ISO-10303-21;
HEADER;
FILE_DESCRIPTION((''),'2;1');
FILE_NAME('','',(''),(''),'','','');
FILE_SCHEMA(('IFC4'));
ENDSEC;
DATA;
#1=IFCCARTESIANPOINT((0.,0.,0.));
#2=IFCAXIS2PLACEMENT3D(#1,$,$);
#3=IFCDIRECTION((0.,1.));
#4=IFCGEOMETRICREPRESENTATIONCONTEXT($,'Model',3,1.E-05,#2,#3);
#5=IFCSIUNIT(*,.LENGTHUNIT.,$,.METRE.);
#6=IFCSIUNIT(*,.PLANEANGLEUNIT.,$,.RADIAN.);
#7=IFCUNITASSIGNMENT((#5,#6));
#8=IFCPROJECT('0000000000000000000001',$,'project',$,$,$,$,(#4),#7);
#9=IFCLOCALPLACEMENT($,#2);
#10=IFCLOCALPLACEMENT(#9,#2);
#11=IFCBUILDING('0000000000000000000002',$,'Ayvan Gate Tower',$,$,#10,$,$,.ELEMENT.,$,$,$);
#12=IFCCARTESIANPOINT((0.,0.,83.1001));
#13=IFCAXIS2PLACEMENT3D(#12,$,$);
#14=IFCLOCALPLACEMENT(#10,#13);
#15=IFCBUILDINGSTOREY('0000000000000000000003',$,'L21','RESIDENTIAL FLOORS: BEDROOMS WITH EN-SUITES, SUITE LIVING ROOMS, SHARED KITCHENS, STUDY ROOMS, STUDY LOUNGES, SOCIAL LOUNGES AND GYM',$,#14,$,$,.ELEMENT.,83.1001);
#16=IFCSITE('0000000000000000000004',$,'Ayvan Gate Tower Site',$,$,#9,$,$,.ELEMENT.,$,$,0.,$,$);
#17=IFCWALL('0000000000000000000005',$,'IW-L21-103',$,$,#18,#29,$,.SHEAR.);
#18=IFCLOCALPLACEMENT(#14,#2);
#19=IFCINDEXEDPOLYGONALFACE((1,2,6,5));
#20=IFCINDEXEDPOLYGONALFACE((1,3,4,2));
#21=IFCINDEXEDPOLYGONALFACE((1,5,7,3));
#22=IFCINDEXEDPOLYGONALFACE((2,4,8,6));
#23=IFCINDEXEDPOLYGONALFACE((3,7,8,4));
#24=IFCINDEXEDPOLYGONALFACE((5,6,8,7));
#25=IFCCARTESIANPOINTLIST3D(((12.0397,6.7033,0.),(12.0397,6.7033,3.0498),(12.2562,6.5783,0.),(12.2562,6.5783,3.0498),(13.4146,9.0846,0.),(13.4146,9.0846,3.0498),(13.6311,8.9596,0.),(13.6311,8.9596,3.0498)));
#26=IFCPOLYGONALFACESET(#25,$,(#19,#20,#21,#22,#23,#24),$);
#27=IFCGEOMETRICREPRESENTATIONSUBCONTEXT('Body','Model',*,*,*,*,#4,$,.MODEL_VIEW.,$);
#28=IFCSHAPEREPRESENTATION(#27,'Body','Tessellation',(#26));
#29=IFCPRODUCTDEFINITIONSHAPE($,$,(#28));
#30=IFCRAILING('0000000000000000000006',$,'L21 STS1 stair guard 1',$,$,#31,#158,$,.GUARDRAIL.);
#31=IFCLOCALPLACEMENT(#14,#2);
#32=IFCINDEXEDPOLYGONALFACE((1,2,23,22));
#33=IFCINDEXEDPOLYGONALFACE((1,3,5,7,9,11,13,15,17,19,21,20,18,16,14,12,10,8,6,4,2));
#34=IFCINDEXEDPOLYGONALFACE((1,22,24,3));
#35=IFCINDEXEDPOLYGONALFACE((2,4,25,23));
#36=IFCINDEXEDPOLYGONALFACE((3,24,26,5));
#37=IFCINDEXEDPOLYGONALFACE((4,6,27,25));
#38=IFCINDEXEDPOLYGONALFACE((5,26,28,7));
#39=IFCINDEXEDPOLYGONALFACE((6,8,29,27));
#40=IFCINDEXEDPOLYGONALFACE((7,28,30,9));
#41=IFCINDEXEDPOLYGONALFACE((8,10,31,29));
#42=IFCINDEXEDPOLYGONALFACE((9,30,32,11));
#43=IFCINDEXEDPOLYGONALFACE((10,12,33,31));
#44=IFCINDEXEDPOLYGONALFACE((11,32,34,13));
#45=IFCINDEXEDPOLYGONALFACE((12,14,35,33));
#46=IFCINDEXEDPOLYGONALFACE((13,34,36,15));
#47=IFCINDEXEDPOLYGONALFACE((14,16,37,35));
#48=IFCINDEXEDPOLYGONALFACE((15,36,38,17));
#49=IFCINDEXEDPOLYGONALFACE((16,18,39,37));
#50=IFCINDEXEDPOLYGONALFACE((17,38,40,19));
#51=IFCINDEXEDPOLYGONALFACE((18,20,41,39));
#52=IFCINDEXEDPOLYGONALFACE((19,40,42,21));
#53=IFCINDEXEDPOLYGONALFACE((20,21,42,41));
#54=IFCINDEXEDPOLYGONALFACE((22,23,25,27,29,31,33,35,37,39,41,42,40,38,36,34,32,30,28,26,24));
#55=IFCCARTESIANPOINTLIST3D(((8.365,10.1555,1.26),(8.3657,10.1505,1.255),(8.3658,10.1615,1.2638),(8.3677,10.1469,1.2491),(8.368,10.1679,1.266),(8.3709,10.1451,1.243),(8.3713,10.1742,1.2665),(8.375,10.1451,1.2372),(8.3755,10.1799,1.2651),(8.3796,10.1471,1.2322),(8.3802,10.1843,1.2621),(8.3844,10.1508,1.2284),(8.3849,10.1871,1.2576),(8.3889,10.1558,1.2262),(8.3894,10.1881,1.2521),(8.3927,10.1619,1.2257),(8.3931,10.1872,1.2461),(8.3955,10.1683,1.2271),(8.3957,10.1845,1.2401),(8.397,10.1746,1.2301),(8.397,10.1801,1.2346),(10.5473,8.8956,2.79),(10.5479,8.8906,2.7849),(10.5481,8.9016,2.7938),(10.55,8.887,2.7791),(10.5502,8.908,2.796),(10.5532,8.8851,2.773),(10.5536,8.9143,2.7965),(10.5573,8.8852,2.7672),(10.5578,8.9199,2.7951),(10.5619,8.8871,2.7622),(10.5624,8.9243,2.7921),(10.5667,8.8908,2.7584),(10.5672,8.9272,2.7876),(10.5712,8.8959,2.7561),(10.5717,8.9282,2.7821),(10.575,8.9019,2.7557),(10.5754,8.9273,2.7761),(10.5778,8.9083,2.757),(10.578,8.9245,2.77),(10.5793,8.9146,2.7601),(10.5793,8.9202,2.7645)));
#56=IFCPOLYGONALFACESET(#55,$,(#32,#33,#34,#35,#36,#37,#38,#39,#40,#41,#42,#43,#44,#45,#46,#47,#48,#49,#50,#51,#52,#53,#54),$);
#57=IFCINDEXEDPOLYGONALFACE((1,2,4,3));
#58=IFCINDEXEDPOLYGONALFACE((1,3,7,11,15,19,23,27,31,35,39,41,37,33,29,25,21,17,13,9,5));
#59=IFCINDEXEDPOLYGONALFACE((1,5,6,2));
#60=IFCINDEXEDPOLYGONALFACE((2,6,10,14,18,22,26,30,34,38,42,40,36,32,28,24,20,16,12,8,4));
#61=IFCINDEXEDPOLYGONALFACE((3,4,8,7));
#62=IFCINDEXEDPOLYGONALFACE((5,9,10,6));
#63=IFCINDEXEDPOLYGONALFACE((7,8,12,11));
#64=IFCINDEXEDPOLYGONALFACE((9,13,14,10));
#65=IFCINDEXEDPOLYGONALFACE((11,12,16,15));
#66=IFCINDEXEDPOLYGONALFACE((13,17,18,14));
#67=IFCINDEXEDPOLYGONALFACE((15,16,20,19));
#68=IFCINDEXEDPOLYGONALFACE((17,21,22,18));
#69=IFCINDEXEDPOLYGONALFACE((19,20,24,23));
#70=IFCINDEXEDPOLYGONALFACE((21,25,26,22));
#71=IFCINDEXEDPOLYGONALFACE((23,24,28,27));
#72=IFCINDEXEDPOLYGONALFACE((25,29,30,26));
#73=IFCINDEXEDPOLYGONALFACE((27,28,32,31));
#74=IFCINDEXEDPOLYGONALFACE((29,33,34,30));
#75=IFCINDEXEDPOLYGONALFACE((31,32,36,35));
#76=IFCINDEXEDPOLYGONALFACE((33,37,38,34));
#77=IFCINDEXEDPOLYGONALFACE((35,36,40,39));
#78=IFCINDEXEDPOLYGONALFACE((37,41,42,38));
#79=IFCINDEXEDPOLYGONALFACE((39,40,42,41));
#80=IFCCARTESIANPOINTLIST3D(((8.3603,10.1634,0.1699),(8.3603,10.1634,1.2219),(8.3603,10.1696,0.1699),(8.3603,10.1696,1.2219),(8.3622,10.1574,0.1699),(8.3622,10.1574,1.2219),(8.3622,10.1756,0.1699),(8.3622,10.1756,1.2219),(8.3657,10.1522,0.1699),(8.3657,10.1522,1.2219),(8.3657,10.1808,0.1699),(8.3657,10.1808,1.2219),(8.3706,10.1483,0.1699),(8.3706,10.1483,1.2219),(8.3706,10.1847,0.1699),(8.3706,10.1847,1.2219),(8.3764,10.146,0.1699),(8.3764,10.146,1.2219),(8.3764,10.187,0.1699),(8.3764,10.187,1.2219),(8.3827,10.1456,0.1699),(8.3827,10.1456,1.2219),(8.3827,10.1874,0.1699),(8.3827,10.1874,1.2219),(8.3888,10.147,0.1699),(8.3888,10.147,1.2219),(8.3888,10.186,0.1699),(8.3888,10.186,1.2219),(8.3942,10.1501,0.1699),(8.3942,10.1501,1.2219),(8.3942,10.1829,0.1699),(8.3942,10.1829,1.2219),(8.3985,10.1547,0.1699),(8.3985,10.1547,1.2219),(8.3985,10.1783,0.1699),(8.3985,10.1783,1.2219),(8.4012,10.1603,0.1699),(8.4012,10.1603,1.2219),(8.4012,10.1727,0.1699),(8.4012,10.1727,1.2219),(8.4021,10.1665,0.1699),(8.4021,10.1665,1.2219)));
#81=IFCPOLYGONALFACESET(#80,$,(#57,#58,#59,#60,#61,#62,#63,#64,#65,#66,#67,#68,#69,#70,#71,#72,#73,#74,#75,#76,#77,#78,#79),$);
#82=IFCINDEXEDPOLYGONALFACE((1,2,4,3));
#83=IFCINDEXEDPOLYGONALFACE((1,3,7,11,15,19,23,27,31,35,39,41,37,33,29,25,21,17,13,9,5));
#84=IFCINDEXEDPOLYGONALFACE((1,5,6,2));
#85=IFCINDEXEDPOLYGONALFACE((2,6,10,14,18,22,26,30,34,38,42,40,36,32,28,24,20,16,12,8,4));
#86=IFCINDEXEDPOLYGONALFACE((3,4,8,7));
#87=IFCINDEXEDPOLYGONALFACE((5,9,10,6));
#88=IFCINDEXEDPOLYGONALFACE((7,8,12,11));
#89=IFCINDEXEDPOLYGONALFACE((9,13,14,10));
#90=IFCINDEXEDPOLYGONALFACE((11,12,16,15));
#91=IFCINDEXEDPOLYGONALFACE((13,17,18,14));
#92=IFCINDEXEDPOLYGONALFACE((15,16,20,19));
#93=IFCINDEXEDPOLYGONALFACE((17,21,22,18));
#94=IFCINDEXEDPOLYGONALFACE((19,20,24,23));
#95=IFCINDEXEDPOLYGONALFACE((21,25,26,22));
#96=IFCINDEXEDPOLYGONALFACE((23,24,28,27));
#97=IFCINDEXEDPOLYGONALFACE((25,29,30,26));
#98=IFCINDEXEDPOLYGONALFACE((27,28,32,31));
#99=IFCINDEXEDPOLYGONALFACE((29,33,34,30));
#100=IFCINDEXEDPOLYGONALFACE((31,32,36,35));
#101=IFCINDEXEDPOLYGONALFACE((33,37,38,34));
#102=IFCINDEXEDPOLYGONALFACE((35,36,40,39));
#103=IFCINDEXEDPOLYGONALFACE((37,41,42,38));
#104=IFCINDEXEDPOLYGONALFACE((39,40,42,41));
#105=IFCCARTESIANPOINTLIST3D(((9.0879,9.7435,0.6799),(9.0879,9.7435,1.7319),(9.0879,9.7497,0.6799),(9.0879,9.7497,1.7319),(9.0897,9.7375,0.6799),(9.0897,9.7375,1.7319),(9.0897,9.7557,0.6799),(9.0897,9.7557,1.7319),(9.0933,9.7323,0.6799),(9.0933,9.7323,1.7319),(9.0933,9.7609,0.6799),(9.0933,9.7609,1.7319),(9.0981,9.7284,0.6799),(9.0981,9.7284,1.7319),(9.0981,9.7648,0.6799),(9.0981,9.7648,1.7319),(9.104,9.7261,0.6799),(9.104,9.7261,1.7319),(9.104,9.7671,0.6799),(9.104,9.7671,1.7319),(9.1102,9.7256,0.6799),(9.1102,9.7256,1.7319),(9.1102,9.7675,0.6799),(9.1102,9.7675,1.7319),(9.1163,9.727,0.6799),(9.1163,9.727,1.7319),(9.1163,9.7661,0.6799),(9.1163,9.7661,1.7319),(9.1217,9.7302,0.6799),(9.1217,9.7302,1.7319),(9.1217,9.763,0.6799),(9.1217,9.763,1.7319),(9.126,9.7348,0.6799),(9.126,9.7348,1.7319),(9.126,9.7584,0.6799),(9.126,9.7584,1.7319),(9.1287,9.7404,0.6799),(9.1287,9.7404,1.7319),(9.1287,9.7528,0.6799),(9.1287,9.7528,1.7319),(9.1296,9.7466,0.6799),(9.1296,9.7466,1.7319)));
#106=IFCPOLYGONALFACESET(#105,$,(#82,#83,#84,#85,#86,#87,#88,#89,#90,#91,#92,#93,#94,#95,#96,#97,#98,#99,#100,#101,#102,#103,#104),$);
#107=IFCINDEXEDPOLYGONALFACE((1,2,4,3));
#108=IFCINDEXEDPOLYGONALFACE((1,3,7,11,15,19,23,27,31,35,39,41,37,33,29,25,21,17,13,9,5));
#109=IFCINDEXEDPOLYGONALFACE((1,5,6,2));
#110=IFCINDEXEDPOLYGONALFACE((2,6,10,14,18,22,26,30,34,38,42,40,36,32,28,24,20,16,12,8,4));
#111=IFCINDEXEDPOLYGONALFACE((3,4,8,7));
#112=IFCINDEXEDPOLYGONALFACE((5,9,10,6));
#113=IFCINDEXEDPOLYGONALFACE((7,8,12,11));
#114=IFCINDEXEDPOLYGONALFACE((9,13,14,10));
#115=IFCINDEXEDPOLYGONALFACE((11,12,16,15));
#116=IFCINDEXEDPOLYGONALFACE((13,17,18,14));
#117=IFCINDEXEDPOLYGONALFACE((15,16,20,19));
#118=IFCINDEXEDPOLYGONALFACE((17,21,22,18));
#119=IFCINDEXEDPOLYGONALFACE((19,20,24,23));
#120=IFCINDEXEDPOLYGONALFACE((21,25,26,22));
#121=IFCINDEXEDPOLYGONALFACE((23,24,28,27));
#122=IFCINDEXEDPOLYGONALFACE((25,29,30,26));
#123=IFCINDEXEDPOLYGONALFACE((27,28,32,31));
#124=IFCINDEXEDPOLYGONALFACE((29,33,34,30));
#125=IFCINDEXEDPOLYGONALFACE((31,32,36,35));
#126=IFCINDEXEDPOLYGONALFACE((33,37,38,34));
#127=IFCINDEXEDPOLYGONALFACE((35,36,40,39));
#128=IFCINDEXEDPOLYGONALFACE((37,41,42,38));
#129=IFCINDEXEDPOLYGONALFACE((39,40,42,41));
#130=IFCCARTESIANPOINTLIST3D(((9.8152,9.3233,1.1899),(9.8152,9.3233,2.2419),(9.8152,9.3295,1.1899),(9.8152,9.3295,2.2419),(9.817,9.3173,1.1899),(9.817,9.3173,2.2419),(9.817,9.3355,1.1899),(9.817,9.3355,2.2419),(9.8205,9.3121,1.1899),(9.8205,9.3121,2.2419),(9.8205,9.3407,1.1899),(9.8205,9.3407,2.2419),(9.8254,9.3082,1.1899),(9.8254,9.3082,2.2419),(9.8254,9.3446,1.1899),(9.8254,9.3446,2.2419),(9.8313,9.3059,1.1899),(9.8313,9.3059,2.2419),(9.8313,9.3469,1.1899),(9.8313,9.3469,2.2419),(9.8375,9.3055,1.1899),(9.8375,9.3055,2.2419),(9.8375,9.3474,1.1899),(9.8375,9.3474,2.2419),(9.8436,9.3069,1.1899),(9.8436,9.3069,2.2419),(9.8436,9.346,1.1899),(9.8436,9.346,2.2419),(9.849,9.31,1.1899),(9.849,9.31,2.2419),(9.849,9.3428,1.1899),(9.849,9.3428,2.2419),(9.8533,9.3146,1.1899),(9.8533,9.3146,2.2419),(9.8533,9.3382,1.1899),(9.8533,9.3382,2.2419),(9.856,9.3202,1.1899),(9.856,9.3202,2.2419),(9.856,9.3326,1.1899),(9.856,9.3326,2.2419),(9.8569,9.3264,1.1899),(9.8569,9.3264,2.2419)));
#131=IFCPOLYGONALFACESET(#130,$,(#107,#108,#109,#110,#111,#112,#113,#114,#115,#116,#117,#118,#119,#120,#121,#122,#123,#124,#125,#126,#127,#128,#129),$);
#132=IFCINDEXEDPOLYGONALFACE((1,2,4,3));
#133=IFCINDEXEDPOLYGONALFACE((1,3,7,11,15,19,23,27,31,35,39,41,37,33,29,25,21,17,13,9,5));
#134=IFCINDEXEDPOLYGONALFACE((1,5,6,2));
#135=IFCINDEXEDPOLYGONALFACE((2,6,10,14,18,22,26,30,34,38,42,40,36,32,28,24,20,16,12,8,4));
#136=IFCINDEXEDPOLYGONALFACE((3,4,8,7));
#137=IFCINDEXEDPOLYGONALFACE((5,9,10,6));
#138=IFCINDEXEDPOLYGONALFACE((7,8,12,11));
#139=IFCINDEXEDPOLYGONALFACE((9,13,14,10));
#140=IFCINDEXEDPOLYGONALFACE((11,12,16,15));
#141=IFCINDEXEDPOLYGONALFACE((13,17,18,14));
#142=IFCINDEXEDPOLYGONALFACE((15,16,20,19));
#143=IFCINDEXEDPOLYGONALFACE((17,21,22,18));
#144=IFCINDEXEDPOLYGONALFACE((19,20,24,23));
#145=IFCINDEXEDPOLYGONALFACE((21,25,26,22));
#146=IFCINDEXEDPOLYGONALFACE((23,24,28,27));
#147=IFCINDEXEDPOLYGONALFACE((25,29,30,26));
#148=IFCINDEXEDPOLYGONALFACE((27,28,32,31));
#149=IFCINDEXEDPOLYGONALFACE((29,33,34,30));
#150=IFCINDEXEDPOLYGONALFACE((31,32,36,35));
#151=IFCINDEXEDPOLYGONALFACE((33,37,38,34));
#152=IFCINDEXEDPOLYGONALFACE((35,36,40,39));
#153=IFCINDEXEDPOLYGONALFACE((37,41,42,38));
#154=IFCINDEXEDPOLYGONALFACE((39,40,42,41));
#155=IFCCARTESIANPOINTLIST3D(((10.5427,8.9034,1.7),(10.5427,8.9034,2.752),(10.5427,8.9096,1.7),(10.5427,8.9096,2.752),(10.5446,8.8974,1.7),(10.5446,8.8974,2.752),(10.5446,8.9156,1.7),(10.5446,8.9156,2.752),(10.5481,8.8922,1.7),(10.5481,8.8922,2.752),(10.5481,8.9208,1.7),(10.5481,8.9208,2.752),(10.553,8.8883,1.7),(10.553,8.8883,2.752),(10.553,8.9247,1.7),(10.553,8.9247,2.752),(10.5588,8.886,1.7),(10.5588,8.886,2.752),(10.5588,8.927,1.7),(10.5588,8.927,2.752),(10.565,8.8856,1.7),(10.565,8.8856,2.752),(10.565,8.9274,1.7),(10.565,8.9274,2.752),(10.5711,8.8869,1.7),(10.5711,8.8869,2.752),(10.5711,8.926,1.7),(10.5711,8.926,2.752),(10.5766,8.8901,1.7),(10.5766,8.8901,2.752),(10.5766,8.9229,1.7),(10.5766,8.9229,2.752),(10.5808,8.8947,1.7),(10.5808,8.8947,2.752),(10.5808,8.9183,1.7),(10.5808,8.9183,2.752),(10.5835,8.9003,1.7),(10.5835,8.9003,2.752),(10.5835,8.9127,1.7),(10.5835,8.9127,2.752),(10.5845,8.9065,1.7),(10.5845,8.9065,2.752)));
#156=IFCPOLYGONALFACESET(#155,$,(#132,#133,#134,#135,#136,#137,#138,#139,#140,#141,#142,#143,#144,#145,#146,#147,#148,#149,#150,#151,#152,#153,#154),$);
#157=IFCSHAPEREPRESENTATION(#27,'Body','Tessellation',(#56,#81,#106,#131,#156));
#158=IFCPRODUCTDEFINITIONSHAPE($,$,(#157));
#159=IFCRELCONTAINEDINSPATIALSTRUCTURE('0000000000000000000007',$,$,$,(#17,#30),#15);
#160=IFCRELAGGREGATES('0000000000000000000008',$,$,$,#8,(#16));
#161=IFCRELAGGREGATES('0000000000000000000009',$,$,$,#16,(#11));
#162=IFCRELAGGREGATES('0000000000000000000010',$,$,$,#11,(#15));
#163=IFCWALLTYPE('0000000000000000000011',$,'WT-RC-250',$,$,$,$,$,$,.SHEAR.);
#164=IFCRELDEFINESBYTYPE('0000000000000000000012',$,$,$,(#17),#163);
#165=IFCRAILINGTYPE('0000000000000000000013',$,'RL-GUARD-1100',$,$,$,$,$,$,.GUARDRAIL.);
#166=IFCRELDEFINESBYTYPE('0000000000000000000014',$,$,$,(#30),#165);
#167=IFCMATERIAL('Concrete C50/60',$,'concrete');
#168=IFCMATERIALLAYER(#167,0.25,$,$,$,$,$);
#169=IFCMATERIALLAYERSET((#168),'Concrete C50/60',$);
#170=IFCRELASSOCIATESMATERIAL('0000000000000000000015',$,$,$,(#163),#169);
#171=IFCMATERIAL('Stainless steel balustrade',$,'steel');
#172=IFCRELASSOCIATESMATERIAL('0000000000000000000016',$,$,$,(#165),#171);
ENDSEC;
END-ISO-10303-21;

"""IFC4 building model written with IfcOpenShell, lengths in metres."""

from ifc_helpers import new_model, si_unit, direction, frame, frame_2d, origin, origin_2d, place, context, subcontext, project, spatial, rectangle, circle, extrude, material, layer, layer_set, type_object, element, save


model = new_model("IFC4")

# Units and contexts
model_context = context("Model", 3, precision=1e-05, world=origin(), true_north=direction((0.0, 1.0)))
body_context = subcontext(model_context, "Body", "Model", "MODEL_VIEW")
ifc_project = project(units=[si_unit("LENGTHUNIT", "METRE"), si_unit("PLANEANGLEUNIT", "RADIAN")], contexts=[model_context])

# Site, building, storey
site_placement = place(None, origin())
site = spatial("IfcSite", under=ifc_project, at=site_placement, Name="Ayvan Gate Tower Site", CompositionType="ELEMENT", RefElevation=0.0)
building_placement = place(site_placement, origin())
building = spatial("IfcBuilding", under=site, at=building_placement, Name="Ayvan Gate Tower", CompositionType="ELEMENT")
storey_placement = place(building_placement, frame((0.0, 0.0, 83.1001)))
storey = spatial("IfcBuildingStorey", under=building, at=storey_placement, Name="L21", Description="RESIDENTIAL FLOORS: BEDROOMS WITH EN-SUITES, SUITE LIVING ROOMS, SHARED KITCHENS, STUDY ROOMS, STUDY LOUNGES, SOCIAL LOUNGES AND GYM", CompositionType="ELEMENT", Elevation=83.1001)

# Shared definitions
ifc_material_1 = material(Name="Concrete C50/60", Category="concrete")
ifc_layer_1 = layer(ifc_material_1, 0.25)
ifc_layer_set_1 = layer_set([ifc_layer_1], Name="Concrete C50/60")
wall_type_1 = type_object("IfcWallType", Name="WT-RC-250", PredefinedType="SHEAR", material=ifc_layer_set_1)

# Wall
wall_1_placement = place(storey_placement, frame((13.5229, 9.0222, 0.0), z_axis=(0.0, 0.0, 1.0), x_axis=(-0.500035, -0.866005, 0.0)))
element("IfcWall", 1, at=wall_1_placement, inside=storey, type_object=wall_type_1, Name="IW-L21-103", PredefinedType="SHEAR", context=body_context, shape_type="SweptSolid", body=[
    extrude(rectangle(XDim=2.7498, YDim=0.25, at=frame_2d((1.375, 0.0))), origin(), (0.0, 0.0, 1.0), 3.0498),
])

# Railing
ifc_material_2 = material(Name="Stainless steel balustrade", Category="steel")
railing_type_1 = type_object("IfcRailingType", Name="RL-GUARD-1100", PredefinedType="GUARDRAIL", material=ifc_material_2)
railing_1_placement = place(storey_placement, frame((8.3811, 10.1665, 0.1699)))
element("IfcRailing", 2, at=railing_1_placement, inside=storey, type_object=railing_type_1, Name="L21 STS1 stair guard 1", PredefinedType="GUARDRAIL", context=body_context, shape_type="SweptSolid", body=[
    extrude(circle(Radius=0.0239, at=origin_2d()), frame((0.0, 0.0, 1.0762), z_axis=(0.740261, -0.427395, 0.518986), x_axis=(0.500005, 0.866023, 0.0)), (0.0, 0.0, 1.0), 2.948),
    extrude(circle(Radius=0.021, at=origin_2d()), origin(), (0.0, 0.0, 1.0), 1.052),
    extrude(circle(Radius=0.021, at=origin_2d()), frame((0.7275, -0.4199, 0.51)), (0.0, 0.0, 1.0), 1.052),
    extrude(circle(Radius=0.021, at=origin_2d()), frame((1.4548, -0.8401, 1.02)), (0.0, 0.0, 1.0), 1.052),
    extrude(circle(Radius=0.021, at=origin_2d()), frame((2.1824, -1.26, 1.53)), (0.0, 0.0, 1.0), 1.052),
])

save(model, "model.ifc")
